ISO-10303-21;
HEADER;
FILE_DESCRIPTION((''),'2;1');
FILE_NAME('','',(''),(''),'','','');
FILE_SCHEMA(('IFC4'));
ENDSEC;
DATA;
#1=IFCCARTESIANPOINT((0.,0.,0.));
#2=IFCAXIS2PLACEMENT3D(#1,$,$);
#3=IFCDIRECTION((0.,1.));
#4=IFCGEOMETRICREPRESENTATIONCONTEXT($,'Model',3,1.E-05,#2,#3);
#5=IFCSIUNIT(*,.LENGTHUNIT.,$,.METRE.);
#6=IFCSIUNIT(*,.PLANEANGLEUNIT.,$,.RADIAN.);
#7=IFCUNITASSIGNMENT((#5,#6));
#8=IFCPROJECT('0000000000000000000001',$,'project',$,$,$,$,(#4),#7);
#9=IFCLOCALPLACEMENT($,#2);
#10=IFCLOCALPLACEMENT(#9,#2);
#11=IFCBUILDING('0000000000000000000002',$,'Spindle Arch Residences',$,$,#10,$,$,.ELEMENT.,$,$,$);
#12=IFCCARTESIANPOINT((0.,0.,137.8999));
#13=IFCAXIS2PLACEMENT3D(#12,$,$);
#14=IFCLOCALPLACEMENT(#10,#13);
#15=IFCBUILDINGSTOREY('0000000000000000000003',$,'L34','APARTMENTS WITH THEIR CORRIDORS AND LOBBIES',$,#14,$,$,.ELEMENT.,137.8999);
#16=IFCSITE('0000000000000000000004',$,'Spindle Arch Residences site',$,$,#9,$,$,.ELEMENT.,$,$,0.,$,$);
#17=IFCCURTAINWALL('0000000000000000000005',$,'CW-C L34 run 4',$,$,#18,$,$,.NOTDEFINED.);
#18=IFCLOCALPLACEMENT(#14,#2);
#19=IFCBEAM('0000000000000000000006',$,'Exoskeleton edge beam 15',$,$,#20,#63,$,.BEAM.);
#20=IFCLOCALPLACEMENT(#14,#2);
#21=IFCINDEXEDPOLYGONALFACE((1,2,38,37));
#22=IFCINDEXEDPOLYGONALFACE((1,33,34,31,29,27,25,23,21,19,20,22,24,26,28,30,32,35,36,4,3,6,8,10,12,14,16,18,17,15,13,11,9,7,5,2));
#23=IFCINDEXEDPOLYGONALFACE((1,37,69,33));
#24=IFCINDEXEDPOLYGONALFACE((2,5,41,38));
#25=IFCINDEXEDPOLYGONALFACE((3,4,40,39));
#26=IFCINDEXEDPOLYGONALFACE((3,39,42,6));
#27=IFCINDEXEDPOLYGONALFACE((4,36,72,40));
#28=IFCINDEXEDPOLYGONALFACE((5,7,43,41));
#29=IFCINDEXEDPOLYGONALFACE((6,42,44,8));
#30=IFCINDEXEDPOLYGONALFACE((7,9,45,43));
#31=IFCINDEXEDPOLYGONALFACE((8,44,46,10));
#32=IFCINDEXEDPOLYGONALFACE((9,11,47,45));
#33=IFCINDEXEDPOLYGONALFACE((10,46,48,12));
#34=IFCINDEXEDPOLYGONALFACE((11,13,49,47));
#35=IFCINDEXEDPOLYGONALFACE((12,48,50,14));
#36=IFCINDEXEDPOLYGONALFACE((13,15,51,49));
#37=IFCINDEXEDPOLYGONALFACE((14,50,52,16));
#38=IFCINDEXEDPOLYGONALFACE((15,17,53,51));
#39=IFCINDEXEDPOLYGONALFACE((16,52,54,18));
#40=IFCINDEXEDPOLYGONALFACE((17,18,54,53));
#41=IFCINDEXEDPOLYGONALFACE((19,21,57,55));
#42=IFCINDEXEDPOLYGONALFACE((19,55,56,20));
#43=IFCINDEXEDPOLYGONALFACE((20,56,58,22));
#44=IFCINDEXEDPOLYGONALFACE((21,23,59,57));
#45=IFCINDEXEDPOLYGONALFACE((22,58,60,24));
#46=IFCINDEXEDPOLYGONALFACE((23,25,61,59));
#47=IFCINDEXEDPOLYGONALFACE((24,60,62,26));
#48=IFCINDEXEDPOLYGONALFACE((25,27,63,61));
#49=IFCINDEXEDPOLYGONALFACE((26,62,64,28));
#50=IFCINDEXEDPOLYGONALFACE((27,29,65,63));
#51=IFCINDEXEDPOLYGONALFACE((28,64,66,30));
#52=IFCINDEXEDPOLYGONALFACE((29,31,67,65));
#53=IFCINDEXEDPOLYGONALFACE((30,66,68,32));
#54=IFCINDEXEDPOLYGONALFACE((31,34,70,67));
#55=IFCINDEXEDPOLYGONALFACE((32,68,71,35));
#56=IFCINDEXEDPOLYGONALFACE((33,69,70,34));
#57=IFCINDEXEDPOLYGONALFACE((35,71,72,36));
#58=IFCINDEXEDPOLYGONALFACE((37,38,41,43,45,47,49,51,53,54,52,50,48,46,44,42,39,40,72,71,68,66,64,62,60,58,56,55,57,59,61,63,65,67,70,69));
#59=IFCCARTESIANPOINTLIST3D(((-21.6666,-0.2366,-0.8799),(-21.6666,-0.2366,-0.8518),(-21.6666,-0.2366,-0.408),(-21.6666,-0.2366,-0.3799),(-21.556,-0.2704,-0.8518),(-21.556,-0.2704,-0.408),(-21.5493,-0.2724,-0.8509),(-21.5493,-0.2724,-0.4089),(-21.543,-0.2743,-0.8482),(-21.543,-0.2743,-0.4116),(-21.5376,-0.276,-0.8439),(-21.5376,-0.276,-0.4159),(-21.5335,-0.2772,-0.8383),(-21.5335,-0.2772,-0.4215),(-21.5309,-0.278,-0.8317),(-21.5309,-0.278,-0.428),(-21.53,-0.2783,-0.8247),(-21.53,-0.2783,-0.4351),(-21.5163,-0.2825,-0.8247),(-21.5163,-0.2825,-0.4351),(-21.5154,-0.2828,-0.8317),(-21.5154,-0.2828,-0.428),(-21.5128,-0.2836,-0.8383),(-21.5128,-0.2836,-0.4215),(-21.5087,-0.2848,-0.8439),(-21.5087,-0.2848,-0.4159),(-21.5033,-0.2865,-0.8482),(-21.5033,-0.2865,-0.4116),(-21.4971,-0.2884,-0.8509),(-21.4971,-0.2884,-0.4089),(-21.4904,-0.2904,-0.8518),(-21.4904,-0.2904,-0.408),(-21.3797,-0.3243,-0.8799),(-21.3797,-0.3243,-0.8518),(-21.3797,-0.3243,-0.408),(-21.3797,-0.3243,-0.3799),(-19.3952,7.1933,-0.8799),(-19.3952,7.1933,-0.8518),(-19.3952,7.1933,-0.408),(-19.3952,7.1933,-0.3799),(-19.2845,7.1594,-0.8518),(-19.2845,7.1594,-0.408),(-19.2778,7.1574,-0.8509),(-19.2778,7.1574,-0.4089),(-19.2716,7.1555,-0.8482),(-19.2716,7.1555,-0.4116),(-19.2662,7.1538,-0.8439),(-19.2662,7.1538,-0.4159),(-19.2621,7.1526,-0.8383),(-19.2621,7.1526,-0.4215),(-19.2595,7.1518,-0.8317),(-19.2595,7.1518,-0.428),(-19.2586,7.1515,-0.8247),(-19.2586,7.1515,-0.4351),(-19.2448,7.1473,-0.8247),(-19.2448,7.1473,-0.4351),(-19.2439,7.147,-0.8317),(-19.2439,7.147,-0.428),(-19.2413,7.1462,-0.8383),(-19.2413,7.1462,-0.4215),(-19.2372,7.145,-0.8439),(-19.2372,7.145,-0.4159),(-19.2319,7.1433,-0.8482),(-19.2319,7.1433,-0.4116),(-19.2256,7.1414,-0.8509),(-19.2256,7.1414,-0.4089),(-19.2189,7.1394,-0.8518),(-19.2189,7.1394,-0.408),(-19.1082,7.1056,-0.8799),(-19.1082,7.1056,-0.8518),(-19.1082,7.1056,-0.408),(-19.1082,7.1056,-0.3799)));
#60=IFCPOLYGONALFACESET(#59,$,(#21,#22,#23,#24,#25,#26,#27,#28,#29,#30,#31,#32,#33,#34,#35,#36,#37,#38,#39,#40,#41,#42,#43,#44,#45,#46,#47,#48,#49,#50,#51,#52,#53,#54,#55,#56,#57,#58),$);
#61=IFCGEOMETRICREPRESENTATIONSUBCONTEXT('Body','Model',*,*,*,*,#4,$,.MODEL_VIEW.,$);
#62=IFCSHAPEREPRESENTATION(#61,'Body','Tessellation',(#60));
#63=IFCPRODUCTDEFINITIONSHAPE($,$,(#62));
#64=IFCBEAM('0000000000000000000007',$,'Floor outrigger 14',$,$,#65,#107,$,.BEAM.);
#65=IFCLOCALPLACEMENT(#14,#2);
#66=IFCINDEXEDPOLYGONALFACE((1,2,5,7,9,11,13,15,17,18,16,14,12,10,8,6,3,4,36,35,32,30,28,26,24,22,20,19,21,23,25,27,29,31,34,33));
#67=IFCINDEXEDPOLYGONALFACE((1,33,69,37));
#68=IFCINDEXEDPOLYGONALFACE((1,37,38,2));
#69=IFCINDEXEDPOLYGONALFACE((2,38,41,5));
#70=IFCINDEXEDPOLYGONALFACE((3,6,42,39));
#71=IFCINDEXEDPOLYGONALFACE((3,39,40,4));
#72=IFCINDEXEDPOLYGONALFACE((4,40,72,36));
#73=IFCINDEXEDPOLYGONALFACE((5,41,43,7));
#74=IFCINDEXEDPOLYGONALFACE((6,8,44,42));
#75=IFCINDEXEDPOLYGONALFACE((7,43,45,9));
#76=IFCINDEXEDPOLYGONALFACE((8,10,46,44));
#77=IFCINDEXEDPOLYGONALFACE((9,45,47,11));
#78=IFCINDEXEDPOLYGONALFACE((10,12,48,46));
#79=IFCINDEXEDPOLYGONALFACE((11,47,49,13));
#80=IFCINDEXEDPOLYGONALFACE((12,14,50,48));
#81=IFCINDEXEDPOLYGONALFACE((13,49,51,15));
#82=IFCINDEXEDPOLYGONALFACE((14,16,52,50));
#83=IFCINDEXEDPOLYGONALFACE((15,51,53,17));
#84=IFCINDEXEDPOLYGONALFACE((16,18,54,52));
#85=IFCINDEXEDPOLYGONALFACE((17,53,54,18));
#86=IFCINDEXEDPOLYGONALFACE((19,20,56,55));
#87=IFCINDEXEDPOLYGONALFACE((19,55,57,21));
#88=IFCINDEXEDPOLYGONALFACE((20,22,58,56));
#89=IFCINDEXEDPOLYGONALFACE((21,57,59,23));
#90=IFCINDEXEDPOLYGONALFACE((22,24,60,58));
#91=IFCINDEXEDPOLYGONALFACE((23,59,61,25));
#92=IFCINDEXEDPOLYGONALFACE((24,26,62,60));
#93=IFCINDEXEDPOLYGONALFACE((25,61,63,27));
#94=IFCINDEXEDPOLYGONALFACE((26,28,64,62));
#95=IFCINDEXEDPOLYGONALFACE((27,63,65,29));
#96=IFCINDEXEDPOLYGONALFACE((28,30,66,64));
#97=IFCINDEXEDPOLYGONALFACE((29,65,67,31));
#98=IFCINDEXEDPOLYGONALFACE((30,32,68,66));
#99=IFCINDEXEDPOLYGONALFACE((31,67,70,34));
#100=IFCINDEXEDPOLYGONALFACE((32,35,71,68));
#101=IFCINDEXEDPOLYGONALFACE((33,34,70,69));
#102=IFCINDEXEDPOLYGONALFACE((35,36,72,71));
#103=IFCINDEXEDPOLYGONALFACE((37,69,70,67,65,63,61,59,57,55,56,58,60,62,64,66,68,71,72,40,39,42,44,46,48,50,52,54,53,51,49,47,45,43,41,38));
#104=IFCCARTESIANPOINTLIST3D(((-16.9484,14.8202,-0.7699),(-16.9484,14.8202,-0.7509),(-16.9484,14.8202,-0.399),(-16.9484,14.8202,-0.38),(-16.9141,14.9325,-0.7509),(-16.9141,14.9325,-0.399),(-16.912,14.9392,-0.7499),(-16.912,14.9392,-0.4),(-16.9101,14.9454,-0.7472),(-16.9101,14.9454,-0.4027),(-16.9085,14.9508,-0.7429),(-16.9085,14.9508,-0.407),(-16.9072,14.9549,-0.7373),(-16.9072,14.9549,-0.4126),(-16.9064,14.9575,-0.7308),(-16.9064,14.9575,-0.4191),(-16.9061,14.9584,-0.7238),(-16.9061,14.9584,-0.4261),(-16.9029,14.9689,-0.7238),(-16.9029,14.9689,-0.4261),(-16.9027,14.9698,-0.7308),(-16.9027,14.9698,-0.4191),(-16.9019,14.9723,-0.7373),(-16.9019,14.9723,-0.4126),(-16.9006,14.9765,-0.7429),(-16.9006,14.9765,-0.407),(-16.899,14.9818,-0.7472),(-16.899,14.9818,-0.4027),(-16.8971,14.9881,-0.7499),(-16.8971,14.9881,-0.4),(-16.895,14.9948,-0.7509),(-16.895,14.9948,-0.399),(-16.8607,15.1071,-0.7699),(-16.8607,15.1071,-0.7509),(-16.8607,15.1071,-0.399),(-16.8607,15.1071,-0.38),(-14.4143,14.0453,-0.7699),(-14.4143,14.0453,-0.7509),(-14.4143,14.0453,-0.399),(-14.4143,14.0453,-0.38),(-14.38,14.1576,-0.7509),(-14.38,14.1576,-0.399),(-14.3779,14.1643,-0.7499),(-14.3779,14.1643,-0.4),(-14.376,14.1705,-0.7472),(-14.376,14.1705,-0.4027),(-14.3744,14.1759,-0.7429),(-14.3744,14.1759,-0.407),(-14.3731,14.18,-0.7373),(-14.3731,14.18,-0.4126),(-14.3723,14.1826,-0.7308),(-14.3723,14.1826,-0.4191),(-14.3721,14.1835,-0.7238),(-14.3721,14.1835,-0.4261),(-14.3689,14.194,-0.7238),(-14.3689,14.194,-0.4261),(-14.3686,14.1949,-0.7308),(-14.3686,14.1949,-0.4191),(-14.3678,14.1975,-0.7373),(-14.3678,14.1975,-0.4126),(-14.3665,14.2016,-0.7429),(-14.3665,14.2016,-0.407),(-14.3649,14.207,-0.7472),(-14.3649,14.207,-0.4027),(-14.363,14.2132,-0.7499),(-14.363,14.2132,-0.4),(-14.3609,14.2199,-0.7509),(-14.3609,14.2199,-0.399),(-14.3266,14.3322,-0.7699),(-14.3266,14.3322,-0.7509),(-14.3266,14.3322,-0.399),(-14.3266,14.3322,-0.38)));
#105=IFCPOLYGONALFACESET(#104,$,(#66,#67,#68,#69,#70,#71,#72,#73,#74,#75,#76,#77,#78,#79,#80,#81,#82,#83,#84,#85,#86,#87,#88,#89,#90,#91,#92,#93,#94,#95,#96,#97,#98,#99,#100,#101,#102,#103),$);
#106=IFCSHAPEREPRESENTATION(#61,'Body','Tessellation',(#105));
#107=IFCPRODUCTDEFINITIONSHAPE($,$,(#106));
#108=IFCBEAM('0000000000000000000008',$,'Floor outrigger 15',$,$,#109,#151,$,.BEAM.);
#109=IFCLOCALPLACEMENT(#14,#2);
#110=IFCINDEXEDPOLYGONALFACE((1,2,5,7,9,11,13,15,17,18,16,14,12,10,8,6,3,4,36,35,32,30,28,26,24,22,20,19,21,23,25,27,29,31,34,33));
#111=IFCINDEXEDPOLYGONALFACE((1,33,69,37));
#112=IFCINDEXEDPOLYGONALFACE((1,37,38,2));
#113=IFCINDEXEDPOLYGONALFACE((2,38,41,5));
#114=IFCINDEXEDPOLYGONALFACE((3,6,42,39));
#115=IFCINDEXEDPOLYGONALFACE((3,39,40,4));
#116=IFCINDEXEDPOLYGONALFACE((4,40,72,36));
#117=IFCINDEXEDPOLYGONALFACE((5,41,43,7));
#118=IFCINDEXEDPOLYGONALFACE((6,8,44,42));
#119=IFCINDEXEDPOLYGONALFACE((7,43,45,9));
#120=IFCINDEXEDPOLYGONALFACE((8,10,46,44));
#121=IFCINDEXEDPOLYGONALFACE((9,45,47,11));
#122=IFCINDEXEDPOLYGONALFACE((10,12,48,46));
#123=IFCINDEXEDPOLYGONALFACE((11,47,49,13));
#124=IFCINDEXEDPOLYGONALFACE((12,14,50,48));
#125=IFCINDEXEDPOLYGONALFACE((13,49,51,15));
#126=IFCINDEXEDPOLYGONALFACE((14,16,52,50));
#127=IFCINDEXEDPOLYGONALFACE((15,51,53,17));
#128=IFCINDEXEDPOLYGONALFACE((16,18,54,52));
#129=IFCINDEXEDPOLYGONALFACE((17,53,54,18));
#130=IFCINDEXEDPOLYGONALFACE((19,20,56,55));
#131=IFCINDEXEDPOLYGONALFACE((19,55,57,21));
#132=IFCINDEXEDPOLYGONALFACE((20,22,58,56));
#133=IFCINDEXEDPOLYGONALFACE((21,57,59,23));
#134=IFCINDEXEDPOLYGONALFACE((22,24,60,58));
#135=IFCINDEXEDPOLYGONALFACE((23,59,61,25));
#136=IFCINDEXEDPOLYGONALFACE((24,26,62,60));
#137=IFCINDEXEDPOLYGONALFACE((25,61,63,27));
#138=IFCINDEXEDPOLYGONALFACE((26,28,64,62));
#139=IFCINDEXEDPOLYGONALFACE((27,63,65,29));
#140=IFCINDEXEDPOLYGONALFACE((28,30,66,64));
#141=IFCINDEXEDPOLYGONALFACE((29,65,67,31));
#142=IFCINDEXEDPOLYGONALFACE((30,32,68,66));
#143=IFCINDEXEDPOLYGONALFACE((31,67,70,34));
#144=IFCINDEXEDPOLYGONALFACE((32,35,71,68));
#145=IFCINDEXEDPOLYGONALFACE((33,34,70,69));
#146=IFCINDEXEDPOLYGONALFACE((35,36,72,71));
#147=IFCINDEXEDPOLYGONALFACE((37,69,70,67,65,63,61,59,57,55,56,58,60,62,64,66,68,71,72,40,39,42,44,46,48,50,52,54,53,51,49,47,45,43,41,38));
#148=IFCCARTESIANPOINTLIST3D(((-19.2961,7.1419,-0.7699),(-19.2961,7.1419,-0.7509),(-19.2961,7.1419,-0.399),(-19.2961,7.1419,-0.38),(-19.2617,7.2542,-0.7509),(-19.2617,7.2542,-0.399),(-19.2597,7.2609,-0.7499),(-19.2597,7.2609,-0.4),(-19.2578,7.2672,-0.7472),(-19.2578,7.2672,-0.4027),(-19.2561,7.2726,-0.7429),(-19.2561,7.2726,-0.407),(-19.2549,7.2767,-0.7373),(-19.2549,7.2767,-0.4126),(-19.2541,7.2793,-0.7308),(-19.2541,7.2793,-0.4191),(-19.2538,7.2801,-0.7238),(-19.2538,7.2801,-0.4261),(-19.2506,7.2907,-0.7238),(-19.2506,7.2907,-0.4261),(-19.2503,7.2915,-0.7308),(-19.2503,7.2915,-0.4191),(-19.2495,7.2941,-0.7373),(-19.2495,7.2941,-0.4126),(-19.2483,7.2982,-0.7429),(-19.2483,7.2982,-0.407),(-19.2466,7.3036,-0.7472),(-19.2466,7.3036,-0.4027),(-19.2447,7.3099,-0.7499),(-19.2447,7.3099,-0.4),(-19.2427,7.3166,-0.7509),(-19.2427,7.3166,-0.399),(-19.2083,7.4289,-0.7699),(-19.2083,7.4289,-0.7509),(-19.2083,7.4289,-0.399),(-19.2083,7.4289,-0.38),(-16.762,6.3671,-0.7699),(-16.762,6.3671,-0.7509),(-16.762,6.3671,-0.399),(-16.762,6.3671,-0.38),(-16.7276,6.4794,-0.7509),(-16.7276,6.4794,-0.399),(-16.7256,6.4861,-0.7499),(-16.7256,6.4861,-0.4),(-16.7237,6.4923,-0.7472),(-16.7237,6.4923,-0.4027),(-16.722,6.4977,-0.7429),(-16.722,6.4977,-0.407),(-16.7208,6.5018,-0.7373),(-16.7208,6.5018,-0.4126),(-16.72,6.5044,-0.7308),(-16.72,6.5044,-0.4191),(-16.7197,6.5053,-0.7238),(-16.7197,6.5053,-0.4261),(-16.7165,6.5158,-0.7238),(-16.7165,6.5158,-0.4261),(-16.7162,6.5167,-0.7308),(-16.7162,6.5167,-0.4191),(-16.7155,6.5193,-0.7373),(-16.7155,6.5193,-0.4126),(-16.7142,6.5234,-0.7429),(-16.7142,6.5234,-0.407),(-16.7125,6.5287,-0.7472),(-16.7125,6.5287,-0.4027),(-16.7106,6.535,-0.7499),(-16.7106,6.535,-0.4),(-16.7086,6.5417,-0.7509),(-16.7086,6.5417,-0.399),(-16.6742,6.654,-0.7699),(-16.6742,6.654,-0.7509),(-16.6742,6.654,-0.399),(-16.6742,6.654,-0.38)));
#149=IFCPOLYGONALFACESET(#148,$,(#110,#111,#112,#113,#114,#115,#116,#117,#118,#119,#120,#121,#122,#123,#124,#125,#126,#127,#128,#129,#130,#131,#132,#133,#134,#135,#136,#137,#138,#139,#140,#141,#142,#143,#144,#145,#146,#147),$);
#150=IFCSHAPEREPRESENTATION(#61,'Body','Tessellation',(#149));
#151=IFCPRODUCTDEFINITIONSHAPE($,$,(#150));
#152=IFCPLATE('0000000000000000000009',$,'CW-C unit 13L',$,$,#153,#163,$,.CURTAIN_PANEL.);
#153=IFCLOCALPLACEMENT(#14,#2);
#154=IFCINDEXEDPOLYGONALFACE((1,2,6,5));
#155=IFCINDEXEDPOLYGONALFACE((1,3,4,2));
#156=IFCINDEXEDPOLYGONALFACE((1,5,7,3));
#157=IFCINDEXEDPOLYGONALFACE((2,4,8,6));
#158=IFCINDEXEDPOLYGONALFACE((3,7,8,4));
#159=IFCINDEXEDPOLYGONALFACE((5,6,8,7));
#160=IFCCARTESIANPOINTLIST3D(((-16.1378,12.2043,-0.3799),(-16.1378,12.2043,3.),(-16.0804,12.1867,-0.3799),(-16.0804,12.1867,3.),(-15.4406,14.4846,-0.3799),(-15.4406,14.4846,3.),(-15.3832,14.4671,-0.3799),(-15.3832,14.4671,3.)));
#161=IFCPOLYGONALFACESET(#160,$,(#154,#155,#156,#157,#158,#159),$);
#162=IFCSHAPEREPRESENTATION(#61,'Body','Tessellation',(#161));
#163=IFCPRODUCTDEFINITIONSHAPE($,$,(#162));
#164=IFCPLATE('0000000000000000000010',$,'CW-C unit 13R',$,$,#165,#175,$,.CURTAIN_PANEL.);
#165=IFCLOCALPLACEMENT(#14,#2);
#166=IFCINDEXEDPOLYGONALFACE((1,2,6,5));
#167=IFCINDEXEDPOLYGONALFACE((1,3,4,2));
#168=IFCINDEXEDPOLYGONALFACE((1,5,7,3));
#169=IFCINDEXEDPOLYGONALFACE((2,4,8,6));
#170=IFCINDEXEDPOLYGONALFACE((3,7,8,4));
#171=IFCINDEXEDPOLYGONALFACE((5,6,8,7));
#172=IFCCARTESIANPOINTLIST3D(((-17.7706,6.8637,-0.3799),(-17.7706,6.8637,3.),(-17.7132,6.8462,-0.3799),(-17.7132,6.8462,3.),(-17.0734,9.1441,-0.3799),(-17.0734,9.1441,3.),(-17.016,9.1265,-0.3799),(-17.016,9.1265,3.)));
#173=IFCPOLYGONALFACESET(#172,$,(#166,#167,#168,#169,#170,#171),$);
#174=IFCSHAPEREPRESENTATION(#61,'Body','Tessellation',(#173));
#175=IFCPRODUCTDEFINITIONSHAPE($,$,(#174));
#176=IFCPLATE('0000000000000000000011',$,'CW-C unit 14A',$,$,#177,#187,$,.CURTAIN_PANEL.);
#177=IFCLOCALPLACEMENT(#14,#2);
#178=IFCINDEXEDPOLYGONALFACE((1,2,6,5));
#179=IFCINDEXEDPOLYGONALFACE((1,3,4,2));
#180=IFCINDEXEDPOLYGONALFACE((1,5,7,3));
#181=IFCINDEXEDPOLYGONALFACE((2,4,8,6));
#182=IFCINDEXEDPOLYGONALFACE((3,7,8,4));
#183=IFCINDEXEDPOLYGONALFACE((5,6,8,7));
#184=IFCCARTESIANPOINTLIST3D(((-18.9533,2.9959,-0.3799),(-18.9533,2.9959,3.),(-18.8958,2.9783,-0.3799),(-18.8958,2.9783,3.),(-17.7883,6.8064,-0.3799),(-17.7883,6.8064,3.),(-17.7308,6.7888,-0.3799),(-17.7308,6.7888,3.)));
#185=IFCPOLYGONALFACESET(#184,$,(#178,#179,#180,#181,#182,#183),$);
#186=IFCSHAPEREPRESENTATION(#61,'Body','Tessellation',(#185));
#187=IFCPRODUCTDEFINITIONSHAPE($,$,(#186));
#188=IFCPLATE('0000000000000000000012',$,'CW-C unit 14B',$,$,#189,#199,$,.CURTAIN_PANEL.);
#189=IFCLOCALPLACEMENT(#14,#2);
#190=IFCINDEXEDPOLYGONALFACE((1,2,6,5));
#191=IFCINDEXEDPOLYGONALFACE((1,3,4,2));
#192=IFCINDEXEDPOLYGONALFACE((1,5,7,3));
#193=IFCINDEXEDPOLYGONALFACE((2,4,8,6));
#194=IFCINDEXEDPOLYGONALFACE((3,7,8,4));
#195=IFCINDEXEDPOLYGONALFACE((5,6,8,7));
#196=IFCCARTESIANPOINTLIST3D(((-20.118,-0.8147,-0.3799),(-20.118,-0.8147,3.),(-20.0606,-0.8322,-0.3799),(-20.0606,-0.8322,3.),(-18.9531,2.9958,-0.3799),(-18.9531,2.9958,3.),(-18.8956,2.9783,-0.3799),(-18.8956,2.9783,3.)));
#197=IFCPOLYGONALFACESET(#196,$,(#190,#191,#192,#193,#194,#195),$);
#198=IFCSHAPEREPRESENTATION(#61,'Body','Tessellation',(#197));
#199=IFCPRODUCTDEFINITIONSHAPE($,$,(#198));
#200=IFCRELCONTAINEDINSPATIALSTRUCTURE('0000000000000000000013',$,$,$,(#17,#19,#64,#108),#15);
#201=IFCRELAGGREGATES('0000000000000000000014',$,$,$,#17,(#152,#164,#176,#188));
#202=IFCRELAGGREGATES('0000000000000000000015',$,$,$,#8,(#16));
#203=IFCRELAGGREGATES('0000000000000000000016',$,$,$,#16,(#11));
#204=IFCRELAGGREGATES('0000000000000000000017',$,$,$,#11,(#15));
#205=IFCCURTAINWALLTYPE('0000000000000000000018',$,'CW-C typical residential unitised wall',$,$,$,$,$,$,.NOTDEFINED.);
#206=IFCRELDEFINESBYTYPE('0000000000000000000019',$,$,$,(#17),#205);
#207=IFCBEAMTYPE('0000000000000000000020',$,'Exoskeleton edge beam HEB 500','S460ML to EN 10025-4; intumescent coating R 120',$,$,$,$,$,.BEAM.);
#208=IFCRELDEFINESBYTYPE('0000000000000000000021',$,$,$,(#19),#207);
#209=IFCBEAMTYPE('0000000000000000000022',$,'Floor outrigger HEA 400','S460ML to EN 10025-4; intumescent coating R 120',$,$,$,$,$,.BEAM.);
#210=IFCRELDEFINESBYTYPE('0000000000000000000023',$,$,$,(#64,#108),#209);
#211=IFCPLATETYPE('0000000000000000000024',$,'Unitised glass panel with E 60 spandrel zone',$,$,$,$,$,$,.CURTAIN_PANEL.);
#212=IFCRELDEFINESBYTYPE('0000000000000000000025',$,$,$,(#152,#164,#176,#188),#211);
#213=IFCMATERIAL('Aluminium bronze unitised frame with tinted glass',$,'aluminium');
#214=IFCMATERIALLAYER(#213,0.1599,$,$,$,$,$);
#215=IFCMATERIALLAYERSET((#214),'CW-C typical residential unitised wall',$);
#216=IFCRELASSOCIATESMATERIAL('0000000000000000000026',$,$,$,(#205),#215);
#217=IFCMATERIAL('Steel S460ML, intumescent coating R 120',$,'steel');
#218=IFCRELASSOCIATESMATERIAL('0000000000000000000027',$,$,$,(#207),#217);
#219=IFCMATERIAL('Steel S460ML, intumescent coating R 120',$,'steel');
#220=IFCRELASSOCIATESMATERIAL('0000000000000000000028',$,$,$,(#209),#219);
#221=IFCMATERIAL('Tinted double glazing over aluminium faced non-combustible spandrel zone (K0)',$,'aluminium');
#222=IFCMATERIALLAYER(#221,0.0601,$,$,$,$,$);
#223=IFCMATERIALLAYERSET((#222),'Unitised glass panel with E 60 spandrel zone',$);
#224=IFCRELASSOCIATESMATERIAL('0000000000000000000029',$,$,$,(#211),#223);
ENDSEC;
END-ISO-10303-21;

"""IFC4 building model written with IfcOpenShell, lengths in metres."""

from ifc_helpers import new_model, si_unit, direction, frame, origin, origin_2d, place, context, subcontext, project, spatial, rectangle, i_section, extrude, material, layer, layer_set, material_profile, profile_set, type_object, element, aggregate, save


model = new_model("IFC4")

# Units and contexts
model_context = context("Model", 3, precision=1e-05, world=origin(), true_north=direction((0.0, 1.0)))
body_context = subcontext(model_context, "Body", "Model", "MODEL_VIEW")
ifc_project = project(units=[si_unit("LENGTHUNIT", "METRE"), si_unit("PLANEANGLEUNIT", "RADIAN")], contexts=[model_context])

# Site, building, storey
site_placement = place(None, origin())
site = spatial("IfcSite", under=ifc_project, at=site_placement, Name="Spindle Arch Residences site", CompositionType="ELEMENT", RefElevation=0.0)
building_placement = place(site_placement, origin())
building = spatial("IfcBuilding", under=site, at=building_placement, Name="Spindle Arch Residences", CompositionType="ELEMENT")
storey_placement = place(building_placement, frame((0.0, 0.0, 137.8999)))
storey = spatial("IfcBuildingStorey", under=building, at=storey_placement, Name="L34", Description="APARTMENTS WITH THEIR CORRIDORS AND LOBBIES", CompositionType="ELEMENT", Elevation=137.8999)

# Curtain wall
ifc_material_1 = material(Name="Aluminium bronze unitised frame with tinted glass", Category="aluminium")
ifc_layer_1 = layer(ifc_material_1, 0.1599)
ifc_layer_set_1 = layer_set([ifc_layer_1], Name="CW-C typical residential unitised wall")
curtain_wall_type = type_object("IfcCurtainWallType", Name="CW-C typical residential unitised wall", PredefinedType="NOTDEFINED", material=ifc_layer_set_1)
curtain_wall_placement = place(storey_placement, origin())
curtain_wall = element("IfcCurtainWall", 1, at=curtain_wall_placement, inside=storey, type_object=curtain_wall_type, Name="CW-C L34 run 4", PredefinedType="NOTDEFINED")

# Beams
ifc_material_2 = material(Name="Steel S460ML, intumescent coating R 120", Category="steel")
ifc_material_profile_1 = material_profile(ifc_material_2, i_section(OverallWidth=0.3, OverallDepth=0.5, WebThickness=0.0144, FlangeThickness=0.0281, FilletRadius=0.0271, at=origin_2d()), Name="HEB 500")
ifc_profile_set_1 = profile_set([ifc_material_profile_1], Name="Steel S460ML, intumescent coating R 120")
beam_type_1 = type_object("IfcBeamType", Name="Exoskeleton edge beam HEB 500", Description="S460ML to EN 10025-4; intumescent coating R 120", PredefinedType="BEAM", material=ifc_profile_set_1)
beam_1_placement = place(storey_placement, frame((-19.2517, 7.1494, -0.6299), z_axis=(-0.292363, -0.956307, 0.0), x_axis=(0.956307, -0.292363, 0.0)))
element("IfcBeam", 2, at=beam_1_placement, inside=storey, type_object=beam_type_1, Name="Exoskeleton edge beam 15", PredefinedType="BEAM", context=body_context, shape_type="SweptSolid", body=[
    extrude(i_section(OverallWidth=0.3, OverallDepth=0.5, WebThickness=0.0144, FlangeThickness=0.0281, FilletRadius=0.0271, at=origin_2d()), origin(), (0.0, 0.0, 1.0), 7.7693),
])
ifc_material_3 = material(Name="Steel S460ML, intumescent coating R 120", Category="steel")
ifc_material_profile_2 = material_profile(ifc_material_3, i_section(OverallWidth=0.3, OverallDepth=0.3899, WebThickness=0.011, FlangeThickness=0.019, FilletRadius=0.0271, at=origin_2d()), Name="HEA 400")
ifc_profile_set_2 = profile_set([ifc_material_profile_2], Name="Steel S460ML, intumescent coating R 120")
beam_type_2 = type_object("IfcBeamType", Name="Floor outrigger HEA 400", Description="S460ML to EN 10025-4; intumescent coating R 120", PredefinedType="BEAM", material=ifc_profile_set_2)
for number, where, z_axis, x_axis, name in (
    (3, (-16.9045, 14.9636, -0.575), (0.956291, -0.292415, 0.0), (0.292415, 0.956291, 0.0), "Floor outrigger 14"),
    (4, (-19.2522, 7.2854, -0.575), (0.956291, -0.292415, 0.0), (0.292415, 0.956291, 0.0), "Floor outrigger 15"),
):
    element("IfcBeam", number, at=place(storey_placement, frame(where, z_axis=z_axis, x_axis=x_axis)), inside=storey, type_object=beam_type_2, Name=name, PredefinedType="BEAM", context=body_context, shape_type="SweptSolid", body=[
        extrude(i_section(OverallWidth=0.3, OverallDepth=0.3899, WebThickness=0.011, FlangeThickness=0.019, FilletRadius=0.0271, at=origin_2d()), origin(), (0.0, 0.0, 1.0), 2.6499),
    ])

# Plates
ifc_material_4 = material(Name="Tinted double glazing over aluminium faced non-combustible spandrel zone (K0)", Category="aluminium")
ifc_layer_2 = layer(ifc_material_4, 0.0601)
ifc_layer_set_2 = layer_set([ifc_layer_2], Name="Unitised glass panel with E 60 spandrel zone")
plate_type = type_object("IfcPlateType", Name="Unitised glass panel with E 60 spandrel zone", PredefinedType="CURTAIN_PANEL", material=ifc_layer_set_2)
plate_1_placement = place(storey_placement, frame((-15.7605, 13.3357, -0.3799), z_axis=(0.0, 0.0, 1.0), x_axis=(-0.292372, -0.956305, 0.0)))
plate_1 = element("IfcPlate", 5, at=plate_1_placement, type_object=plate_type, Name="CW-C unit 13L", PredefinedType="CURTAIN_PANEL", context=body_context, shape_type="SweptSolid", body=[
    extrude(rectangle(XDim=2.3845, YDim=0.0601, at=origin_2d()), origin(), (0.0, 0.0, 1.0), 3.3799),
])
plate_2_placement = place(storey_placement, frame((-17.3933, 7.9951, -0.3799), z_axis=(0.0, 0.0, 1.0), x_axis=(-0.292372, -0.956305, 0.0)))
plate_2 = element("IfcPlate", 6, at=plate_2_placement, type_object=plate_type, Name="CW-C unit 13R", PredefinedType="CURTAIN_PANEL", context=body_context, shape_type="SweptSolid", body=[
    extrude(rectangle(XDim=2.3845, YDim=0.0601, at=origin_2d()), origin(), (0.0, 0.0, 1.0), 3.3799),
])
plate_3_placement = place(storey_placement, frame((-18.342, 4.8923, -0.3799), z_axis=(0.0, 0.0, 1.0), x_axis=(-0.292372, -0.956305, 0.0)))
plate_3 = element("IfcPlate", 7, at=plate_3_placement, type_object=plate_type, Name="CW-C unit 14A", PredefinedType="CURTAIN_PANEL", context=body_context, shape_type="SweptSolid", body=[
    extrude(rectangle(XDim=3.9846, YDim=0.0601, at=origin_2d()), origin(), (0.0, 0.0, 1.0), 3.3799),
])
plate_4_placement = place(storey_placement, frame((-19.5068, 1.0818, -0.3799), z_axis=(0.0, 0.0, 1.0), x_axis=(-0.292372, -0.956305, 0.0)))
plate_4 = element("IfcPlate", 8, at=plate_4_placement, type_object=plate_type, Name="CW-C unit 14B", PredefinedType="CURTAIN_PANEL", context=body_context, shape_type="SweptSolid", body=[
    extrude(rectangle(XDim=3.9846, YDim=0.0601, at=origin_2d()), origin(), (0.0, 0.0, 1.0), 3.3799),
])
aggregate(curtain_wall, [plate_1, plate_2, plate_3, plate_4])

save(model, "model.ifc")
